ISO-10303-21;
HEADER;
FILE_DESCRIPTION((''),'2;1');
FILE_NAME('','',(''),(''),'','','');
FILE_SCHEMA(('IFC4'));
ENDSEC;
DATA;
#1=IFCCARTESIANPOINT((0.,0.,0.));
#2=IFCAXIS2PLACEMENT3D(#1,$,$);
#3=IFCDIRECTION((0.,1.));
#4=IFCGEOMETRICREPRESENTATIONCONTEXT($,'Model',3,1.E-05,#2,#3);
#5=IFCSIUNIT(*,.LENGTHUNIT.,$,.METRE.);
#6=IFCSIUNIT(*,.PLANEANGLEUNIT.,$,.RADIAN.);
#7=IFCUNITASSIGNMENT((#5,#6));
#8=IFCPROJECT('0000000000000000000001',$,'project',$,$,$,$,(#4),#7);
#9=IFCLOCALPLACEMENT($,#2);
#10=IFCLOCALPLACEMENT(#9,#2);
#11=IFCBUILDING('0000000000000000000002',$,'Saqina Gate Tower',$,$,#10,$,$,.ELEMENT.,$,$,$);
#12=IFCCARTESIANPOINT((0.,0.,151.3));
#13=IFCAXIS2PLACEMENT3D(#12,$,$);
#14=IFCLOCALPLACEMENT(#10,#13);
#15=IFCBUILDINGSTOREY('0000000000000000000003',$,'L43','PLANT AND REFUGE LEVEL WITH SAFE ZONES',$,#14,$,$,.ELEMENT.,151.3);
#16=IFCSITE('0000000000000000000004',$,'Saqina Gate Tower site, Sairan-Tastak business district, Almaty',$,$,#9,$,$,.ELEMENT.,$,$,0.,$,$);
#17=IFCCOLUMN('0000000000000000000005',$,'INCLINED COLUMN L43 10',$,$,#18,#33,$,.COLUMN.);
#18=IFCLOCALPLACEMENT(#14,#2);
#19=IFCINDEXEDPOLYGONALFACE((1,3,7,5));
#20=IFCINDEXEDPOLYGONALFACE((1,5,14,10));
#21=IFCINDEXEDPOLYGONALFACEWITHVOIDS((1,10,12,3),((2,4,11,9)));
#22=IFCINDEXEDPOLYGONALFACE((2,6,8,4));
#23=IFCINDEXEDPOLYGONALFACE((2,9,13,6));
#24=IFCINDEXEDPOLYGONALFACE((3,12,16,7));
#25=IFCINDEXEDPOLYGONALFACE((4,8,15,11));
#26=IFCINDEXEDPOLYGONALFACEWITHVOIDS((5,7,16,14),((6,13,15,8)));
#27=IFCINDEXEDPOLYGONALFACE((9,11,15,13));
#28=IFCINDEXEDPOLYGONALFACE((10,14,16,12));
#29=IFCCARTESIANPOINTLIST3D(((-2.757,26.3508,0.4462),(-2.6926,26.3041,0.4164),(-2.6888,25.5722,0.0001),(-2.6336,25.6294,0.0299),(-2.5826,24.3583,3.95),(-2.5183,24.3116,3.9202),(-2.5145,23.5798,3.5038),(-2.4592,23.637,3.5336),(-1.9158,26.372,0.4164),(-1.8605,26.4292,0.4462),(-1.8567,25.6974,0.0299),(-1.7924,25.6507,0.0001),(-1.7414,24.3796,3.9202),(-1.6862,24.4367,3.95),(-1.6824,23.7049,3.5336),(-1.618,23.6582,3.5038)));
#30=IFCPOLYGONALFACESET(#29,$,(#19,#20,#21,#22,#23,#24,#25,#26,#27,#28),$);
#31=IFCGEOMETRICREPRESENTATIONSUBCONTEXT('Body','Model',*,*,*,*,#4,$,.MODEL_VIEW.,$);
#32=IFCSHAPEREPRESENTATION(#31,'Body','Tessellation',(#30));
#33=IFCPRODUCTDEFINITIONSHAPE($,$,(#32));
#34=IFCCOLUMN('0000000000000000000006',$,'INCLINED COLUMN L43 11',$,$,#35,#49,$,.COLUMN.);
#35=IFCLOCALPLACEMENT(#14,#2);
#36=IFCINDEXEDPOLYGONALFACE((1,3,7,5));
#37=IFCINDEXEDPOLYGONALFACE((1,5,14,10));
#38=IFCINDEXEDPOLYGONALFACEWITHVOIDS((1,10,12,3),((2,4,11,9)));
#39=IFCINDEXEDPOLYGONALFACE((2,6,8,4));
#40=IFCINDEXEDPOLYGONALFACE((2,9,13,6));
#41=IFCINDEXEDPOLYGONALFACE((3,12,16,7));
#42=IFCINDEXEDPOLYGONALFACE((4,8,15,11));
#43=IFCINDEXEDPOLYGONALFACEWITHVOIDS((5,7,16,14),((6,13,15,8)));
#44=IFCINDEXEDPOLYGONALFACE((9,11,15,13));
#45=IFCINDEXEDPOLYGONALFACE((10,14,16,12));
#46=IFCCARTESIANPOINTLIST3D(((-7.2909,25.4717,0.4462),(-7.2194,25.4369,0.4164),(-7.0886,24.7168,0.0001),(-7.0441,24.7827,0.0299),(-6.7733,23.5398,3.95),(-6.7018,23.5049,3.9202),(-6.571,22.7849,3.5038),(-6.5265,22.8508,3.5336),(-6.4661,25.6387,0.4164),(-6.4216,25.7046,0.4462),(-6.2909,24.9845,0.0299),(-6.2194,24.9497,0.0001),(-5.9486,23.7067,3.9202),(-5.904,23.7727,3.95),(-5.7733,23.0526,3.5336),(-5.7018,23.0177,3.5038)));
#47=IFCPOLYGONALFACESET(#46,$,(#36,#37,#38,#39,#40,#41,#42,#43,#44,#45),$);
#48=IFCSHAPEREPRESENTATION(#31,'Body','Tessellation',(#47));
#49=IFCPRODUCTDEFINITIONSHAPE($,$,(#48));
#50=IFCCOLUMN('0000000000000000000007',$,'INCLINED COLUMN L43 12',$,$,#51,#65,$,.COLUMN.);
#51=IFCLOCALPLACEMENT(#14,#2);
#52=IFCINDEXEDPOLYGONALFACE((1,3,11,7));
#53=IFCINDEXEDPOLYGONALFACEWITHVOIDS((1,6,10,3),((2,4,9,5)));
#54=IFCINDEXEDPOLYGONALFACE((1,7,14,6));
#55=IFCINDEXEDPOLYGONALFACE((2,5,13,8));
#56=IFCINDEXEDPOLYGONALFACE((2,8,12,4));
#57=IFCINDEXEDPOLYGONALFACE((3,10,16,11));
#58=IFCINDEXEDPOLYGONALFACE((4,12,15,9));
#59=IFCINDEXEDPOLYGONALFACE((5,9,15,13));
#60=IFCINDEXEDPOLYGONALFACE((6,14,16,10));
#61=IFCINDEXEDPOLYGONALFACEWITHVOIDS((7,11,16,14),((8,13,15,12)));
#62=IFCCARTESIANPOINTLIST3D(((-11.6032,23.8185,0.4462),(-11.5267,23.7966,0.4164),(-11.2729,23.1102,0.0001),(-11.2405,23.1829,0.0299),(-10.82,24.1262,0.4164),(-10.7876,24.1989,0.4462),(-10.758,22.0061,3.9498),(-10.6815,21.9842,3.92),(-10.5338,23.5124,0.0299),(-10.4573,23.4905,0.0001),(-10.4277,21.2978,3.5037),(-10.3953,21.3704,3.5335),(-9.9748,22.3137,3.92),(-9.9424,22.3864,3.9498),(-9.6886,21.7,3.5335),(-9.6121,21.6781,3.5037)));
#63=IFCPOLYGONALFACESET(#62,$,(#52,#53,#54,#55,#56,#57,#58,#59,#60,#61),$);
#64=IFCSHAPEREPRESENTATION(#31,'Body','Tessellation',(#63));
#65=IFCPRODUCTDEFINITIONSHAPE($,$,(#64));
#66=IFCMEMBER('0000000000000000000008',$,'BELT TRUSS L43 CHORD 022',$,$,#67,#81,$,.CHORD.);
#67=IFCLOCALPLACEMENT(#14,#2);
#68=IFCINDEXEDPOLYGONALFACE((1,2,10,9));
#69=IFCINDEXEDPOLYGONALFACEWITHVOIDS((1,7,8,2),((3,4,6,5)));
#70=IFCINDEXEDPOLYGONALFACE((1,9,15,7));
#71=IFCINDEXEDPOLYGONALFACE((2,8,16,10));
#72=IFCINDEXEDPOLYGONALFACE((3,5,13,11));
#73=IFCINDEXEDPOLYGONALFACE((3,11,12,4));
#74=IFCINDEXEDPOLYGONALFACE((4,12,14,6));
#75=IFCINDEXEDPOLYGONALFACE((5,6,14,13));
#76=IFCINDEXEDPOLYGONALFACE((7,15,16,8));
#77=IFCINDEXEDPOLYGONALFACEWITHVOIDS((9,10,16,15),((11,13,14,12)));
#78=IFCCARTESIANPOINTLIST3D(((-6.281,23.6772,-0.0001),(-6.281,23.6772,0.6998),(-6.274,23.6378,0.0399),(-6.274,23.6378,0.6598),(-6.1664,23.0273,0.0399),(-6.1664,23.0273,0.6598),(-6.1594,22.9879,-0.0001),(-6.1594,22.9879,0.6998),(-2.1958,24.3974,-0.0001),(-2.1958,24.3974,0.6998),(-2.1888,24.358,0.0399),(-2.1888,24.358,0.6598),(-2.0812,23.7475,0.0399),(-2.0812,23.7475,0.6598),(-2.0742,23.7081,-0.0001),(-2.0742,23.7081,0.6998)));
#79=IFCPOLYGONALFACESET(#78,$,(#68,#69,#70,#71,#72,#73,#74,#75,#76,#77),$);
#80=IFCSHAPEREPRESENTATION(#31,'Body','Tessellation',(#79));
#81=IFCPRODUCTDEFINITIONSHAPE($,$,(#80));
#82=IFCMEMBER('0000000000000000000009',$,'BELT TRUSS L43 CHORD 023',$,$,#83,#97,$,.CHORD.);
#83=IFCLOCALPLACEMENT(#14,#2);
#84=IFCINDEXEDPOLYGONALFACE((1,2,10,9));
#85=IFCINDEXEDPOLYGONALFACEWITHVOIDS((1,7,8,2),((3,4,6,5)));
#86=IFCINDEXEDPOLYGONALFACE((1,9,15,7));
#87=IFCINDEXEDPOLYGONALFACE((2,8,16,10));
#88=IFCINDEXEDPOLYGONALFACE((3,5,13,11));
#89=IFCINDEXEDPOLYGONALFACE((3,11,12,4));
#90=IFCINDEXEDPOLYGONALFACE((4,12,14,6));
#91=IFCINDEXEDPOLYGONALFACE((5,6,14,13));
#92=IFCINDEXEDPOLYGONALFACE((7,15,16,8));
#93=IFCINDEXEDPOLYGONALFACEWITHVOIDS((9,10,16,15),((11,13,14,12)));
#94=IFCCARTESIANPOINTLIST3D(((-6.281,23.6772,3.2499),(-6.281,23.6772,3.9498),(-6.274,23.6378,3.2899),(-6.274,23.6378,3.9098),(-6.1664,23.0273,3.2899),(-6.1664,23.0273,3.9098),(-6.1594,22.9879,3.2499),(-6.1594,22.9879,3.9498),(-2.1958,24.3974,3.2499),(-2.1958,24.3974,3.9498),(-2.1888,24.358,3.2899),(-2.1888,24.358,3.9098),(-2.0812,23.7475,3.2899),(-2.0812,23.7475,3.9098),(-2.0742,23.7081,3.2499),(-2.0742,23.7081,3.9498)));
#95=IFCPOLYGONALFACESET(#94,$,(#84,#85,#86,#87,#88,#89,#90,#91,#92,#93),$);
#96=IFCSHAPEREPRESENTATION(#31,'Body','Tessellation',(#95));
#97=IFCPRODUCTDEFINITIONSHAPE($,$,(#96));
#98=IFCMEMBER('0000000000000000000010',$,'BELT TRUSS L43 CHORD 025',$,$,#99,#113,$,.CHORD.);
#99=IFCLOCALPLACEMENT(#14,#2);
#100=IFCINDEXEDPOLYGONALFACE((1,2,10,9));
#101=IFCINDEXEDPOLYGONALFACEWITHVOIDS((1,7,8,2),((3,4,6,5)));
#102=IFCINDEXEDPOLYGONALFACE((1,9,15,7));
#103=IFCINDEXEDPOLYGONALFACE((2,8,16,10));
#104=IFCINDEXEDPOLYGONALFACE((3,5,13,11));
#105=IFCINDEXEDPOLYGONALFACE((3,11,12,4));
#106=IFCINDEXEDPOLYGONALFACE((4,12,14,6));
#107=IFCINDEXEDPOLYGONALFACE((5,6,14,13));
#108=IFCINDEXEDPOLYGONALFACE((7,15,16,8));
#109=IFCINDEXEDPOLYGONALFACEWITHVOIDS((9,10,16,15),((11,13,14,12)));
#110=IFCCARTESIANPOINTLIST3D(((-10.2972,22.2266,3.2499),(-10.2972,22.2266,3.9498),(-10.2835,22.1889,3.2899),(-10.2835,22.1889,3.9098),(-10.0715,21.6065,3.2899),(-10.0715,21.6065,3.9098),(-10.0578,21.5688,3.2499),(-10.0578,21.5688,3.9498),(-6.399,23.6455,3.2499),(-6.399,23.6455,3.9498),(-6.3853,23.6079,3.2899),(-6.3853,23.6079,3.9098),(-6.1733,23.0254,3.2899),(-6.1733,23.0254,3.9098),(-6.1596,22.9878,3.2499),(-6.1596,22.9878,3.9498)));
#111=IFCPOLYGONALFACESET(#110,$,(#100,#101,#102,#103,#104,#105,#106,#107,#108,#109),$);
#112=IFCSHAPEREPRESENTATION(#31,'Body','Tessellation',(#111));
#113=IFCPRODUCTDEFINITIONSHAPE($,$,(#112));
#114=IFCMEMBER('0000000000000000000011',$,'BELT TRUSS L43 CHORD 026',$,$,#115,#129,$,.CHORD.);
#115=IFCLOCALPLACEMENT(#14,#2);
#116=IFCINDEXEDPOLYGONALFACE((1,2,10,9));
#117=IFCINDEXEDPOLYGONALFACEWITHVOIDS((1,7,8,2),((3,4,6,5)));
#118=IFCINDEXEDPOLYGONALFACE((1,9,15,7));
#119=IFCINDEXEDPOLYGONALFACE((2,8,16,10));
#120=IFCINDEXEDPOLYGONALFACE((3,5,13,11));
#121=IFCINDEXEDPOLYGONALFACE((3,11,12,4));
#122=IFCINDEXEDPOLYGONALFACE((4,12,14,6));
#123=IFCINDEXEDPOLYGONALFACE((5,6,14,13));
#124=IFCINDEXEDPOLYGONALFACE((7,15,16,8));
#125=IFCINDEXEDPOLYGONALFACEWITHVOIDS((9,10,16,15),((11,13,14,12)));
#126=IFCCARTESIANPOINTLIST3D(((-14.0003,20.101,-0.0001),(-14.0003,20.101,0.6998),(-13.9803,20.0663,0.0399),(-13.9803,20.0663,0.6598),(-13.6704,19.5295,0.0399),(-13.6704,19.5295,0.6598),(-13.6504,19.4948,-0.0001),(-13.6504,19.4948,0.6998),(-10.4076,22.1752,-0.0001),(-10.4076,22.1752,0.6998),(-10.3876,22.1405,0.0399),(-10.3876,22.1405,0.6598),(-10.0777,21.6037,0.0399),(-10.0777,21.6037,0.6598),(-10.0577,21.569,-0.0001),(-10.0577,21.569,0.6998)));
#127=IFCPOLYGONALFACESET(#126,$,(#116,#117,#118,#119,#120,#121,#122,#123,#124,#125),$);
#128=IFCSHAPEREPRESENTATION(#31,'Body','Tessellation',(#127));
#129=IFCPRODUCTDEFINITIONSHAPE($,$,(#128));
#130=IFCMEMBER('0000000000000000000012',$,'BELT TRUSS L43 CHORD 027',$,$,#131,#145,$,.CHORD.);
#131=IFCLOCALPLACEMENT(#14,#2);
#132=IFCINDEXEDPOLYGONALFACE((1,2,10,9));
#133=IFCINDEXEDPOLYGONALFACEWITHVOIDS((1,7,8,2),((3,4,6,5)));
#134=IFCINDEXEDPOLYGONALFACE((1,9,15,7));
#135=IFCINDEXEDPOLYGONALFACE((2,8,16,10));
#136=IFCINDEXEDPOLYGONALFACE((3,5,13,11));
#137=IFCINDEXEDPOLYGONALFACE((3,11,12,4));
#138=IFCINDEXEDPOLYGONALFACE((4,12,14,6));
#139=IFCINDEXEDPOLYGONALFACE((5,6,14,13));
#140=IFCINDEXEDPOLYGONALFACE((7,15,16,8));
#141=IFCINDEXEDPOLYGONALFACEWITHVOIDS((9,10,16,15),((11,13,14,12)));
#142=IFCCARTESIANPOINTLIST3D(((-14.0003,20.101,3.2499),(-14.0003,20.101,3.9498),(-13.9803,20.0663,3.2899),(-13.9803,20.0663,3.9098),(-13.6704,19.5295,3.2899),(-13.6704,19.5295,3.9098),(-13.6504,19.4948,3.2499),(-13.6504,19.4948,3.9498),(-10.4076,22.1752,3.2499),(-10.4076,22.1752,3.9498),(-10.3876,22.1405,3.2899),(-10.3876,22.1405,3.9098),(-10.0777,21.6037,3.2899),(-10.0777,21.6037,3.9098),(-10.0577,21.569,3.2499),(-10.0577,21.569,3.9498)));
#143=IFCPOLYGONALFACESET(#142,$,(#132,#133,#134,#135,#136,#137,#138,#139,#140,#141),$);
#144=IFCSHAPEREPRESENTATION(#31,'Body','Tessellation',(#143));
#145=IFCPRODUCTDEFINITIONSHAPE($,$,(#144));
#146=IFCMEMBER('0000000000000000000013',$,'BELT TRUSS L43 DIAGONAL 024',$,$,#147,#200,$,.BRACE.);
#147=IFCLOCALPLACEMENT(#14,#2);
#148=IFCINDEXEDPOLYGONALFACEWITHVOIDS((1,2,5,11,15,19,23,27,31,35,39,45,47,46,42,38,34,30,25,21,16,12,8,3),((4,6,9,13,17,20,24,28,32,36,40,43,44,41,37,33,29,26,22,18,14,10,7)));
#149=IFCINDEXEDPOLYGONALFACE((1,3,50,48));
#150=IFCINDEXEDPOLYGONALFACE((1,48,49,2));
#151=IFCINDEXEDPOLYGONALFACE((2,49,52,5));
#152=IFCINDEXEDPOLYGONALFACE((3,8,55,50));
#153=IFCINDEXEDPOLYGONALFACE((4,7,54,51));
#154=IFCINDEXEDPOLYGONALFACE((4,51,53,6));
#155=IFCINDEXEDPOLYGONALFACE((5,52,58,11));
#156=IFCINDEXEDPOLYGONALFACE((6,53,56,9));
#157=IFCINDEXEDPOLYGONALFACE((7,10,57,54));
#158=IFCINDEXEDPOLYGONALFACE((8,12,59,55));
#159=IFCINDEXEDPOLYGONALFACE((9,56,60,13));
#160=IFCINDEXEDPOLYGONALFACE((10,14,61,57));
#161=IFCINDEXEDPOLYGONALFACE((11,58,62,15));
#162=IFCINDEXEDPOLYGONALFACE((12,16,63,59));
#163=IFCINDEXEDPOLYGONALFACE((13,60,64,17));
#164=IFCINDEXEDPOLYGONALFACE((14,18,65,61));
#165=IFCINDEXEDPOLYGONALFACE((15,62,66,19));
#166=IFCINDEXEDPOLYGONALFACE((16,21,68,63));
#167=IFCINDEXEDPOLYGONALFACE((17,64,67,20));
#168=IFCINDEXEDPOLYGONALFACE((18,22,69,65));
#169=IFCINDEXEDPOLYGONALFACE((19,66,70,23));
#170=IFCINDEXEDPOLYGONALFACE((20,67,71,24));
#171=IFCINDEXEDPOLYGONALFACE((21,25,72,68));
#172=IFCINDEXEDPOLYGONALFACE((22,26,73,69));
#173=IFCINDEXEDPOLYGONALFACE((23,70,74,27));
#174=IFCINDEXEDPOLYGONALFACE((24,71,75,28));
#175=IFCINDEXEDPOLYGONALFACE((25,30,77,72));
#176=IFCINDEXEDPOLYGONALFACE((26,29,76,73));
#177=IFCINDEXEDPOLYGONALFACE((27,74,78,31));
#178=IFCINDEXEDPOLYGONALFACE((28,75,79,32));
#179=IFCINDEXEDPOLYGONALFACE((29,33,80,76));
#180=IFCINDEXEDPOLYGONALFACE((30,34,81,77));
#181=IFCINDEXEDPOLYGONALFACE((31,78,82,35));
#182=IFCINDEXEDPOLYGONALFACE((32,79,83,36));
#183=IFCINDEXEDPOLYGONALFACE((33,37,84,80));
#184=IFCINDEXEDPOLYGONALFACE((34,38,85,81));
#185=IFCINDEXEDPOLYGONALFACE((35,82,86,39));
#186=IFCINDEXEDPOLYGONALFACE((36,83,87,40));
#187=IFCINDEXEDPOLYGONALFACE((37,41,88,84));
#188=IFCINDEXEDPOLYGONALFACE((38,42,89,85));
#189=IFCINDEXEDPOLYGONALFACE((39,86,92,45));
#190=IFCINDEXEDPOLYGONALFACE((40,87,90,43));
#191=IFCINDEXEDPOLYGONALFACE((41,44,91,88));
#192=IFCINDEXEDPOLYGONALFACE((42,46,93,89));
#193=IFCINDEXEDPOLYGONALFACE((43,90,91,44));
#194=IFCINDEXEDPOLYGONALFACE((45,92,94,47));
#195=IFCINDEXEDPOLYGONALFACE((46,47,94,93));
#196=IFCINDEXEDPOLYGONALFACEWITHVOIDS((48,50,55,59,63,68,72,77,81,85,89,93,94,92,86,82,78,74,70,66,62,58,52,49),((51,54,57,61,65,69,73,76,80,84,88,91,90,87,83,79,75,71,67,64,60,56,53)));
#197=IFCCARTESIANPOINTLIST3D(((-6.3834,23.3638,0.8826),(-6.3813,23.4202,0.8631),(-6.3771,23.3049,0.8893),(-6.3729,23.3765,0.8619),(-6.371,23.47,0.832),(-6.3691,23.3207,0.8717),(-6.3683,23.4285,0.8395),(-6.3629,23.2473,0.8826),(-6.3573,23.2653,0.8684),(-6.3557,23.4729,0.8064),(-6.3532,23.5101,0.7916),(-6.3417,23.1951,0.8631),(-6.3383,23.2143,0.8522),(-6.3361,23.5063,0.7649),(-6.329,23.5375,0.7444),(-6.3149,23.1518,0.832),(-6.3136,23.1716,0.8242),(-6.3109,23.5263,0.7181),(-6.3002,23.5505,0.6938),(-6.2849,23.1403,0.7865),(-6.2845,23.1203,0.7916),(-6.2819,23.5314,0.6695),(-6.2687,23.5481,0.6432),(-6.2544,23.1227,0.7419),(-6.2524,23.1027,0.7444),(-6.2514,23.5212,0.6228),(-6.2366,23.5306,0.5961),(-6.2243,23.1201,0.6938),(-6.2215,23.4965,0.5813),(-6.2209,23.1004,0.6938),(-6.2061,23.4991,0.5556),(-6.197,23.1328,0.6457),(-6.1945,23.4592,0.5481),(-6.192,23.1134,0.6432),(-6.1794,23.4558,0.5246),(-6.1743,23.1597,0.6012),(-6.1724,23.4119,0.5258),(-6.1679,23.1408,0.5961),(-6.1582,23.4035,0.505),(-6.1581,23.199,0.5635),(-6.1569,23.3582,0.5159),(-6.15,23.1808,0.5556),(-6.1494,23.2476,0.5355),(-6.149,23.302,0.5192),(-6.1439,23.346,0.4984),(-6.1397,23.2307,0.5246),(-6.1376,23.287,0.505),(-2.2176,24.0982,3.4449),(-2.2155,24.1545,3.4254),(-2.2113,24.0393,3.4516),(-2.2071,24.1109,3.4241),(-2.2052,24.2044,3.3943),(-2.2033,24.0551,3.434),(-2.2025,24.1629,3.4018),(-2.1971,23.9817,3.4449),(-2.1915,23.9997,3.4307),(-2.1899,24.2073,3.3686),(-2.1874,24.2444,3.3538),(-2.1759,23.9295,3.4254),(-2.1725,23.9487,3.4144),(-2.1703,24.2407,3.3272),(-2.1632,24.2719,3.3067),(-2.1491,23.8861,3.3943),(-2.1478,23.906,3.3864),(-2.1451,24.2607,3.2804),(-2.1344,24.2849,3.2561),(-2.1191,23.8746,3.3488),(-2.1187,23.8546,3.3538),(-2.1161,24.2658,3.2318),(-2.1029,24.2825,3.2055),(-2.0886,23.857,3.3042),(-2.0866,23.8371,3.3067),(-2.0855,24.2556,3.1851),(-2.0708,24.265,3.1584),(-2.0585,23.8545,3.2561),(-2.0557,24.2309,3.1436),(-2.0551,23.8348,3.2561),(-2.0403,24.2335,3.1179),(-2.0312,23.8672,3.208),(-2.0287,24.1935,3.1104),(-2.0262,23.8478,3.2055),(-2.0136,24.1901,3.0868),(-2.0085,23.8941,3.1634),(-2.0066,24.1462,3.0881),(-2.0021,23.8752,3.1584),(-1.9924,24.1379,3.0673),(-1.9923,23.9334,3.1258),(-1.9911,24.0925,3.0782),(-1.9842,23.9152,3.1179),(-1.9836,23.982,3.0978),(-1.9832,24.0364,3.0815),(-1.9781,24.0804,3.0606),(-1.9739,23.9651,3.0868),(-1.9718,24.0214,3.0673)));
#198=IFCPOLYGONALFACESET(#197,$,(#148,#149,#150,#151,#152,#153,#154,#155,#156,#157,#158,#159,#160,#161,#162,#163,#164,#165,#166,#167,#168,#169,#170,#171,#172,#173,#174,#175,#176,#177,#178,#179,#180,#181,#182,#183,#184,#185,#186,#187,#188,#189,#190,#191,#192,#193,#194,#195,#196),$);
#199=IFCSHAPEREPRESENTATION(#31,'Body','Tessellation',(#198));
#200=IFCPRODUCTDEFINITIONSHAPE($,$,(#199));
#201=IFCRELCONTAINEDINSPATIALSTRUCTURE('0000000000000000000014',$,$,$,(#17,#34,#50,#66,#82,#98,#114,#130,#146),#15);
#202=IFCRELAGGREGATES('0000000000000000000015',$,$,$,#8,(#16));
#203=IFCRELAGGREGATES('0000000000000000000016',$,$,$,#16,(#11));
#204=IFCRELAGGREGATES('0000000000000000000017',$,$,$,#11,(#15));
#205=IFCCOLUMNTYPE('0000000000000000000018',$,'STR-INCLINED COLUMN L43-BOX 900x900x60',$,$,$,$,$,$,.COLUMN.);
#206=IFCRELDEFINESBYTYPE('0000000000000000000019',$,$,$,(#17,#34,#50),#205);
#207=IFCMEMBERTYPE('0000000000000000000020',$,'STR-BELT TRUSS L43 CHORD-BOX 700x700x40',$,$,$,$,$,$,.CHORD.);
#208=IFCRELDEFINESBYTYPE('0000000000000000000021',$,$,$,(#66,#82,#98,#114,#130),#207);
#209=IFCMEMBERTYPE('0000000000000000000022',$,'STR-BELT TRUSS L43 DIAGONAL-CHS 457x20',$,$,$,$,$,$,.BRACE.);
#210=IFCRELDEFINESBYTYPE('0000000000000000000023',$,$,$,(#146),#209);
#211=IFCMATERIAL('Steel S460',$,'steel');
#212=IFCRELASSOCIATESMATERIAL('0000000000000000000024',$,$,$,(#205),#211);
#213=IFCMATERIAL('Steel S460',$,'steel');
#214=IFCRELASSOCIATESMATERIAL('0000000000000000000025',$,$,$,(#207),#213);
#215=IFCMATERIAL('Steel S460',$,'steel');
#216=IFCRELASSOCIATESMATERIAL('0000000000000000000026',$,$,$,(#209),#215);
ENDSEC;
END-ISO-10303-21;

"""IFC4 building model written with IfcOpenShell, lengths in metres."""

from ifc_helpers import new_model, si_unit, direction, frame, origin, origin_2d, place, context, subcontext, project, spatial, hollow_rectangle, hollow_circle, extrude, material, material_profile, profile_set, type_object, element, save


model = new_model("IFC4")

# Units and contexts
model_context = context("Model", 3, precision=1e-05, world=origin(), true_north=direction((0.0, 1.0)))
body_context = subcontext(model_context, "Body", "Model", "MODEL_VIEW")
ifc_project = project(units=[si_unit("LENGTHUNIT", "METRE"), si_unit("PLANEANGLEUNIT", "RADIAN")], contexts=[model_context])

# Site, building, storey
site_placement = place(None, origin())
site = spatial("IfcSite", under=ifc_project, at=site_placement, Name="Saqina Gate Tower site, Sairan-Tastak business district, Almaty", CompositionType="ELEMENT", RefElevation=0.0)
building_placement = place(site_placement, origin())
building = spatial("IfcBuilding", under=site, at=building_placement, Name="Saqina Gate Tower", CompositionType="ELEMENT")
storey_placement = place(building_placement, frame((0.0, 0.0, 151.3)))
storey = spatial("IfcBuildingStorey", under=building, at=storey_placement, Name="L43", Description="PLANT AND REFUGE LEVEL WITH SAFE ZONES", CompositionType="ELEMENT", Elevation=151.3)

# Columns
ifc_material_1 = material(Name="Steel S460", Category="steel")
ifc_material_profile_1 = material_profile(ifc_material_1, hollow_rectangle(XDim=0.8999, YDim=0.8999, WallThickness=0.0601, at=origin_2d()), Name="BOX 900x900x60")
ifc_profile_set_1 = profile_set([ifc_material_profile_1], Name="Steel S460")
column_type = type_object("IfcColumnType", Name="STR-INCLINED COLUMN L43-BOX 900x900x60", PredefinedType="COLUMN", material=ifc_profile_set_1)
for number, where, z_axis, x_axis, name in (
    (1, (-2.2747, 26.0007, 0.2231), (0.043208, -0.493869, 0.868462), (0.996195, 0.087156, 0.0), "INCLINED COLUMN L43 10"),
    (2, (-6.7551, 25.2107, 0.2231), (0.128294, -0.478863, 0.868465), (0.965934, 0.258787, 0.0), "INCLINED COLUMN L43 11"),
):
    element("IfcColumn", number, at=place(storey_placement, frame(where, z_axis=z_axis, x_axis=x_axis)), inside=storey, type_object=column_type, Name=name, PredefinedType="COLUMN", context=body_context, shape_type="SweptSolid", body=[
        extrude(hollow_rectangle(XDim=0.8999, YDim=0.8999, WallThickness=0.0601, at=origin_2d()), origin(), (0.0, 0.0, 1.0), 4.0344),
    ])
column_placement = place(storey_placement, frame((-11.0303, 23.6545, 0.2231), z_axis=(0.20951, -0.449278, 0.868479), x_axis=(0.906302, 0.422631, 0.0)))
element("IfcColumn", 3, at=column_placement, inside=storey, type_object=column_type, Name="INCLINED COLUMN L43 12", PredefinedType="COLUMN", context=body_context, shape_type="SweptSolid", body=[
    extrude(hollow_rectangle(XDim=0.8999, YDim=0.8999, WallThickness=0.0601, at=origin_2d()), origin(), (0.0, 0.0, 1.0), 4.0342),
])

# Members
ifc_material_2 = material(Name="Steel S460", Category="steel")
ifc_material_profile_2 = material_profile(ifc_material_2, hollow_rectangle(XDim=0.7, YDim=0.7, WallThickness=0.04, at=origin_2d()), Name="BOX 700x700x40")
ifc_profile_set_2 = profile_set([ifc_material_profile_2], Name="Steel S460")
member_type_1 = type_object("IfcMemberType", Name="STR-BELT TRUSS L43 CHORD-BOX 700x700x40", PredefinedType="CHORD", material=ifc_profile_set_2)
for number, where, z_axis, x_axis, name in (
    (4, (-2.135, 24.0527, 0.3499), (-0.984813, -0.173621, 0.0), (0.173621, -0.984813, 0.0), "BELT TRUSS L43 CHORD 022"),
    (5, (-2.135, 24.0527, 3.5999), (-0.984813, -0.173621, 0.0), (0.173621, -0.984813, 0.0), "BELT TRUSS L43 CHORD 023"),
):
    element("IfcMember", number, at=place(storey_placement, frame(where, z_axis=z_axis, x_axis=x_axis)), inside=storey, type_object=member_type_1, Name=name, PredefinedType="CHORD", context=body_context, shape_type="SweptSolid", body=[
        extrude(hollow_rectangle(XDim=0.7, YDim=0.7, WallThickness=0.04, at=origin_2d()), origin(), (0.0, 0.0, 1.0), 4.1482),
    ])
for number, where, z_axis, x_axis, name in (
    (6, (-6.2793, 23.3167, 3.5999), (-0.939683, -0.342045, 0.0), (0.342045, -0.939683, 0.0), "BELT TRUSS L43 CHORD 025"),
    (7, (-10.2327, 21.8721, 0.3499), (-0.866033, -0.499987, 0.0), (0.499987, -0.866033, 0.0), "BELT TRUSS L43 CHORD 026"),
    (8, (-10.2327, 21.8721, 3.5999), (-0.866033, -0.499987, 0.0), (0.499987, -0.866033, 0.0), "BELT TRUSS L43 CHORD 027"),
):
    element("IfcMember", number, at=place(storey_placement, frame(where, z_axis=z_axis, x_axis=x_axis)), inside=storey, type_object=member_type_1, Name=name, PredefinedType="CHORD", context=body_context, shape_type="SweptSolid", body=[
        extrude(hollow_rectangle(XDim=0.7, YDim=0.7, WallThickness=0.04, at=origin_2d()), origin(), (0.0, 0.0, 1.0), 4.1484),
    ])
ifc_material_3 = material(Name="Steel S460", Category="steel")
ifc_material_profile_3 = material_profile(ifc_material_3, hollow_circle(Radius=0.2285, WallThickness=0.02, at=origin_2d()), Name="CHS 457x20")
ifc_profile_set_3 = profile_set([ifc_material_profile_3], Name="Steel S460")
member_type_2 = type_object("IfcMemberType", Name="STR-BELT TRUSS L43 DIAGONAL-CHS 457x20", PredefinedType="BRACE", material=ifc_profile_set_3)
member_1_placement = place(storey_placement, frame((-2.0947, 24.0598, 3.2561), z_axis=(-0.842333, -0.148493, -0.518097), x_axis=(0.173611, -0.984814, 0.0)))
element("IfcMember", 9, at=member_1_placement, inside=storey, type_object=member_type_2, Name="BELT TRUSS L43 DIAGONAL 024", PredefinedType="BRACE", context=body_context, shape_type="SweptSolid", body=[
    extrude(hollow_circle(Radius=0.2285, WallThickness=0.02, at=origin_2d()), origin(), (0.0, 0.0, 1.0), 4.9456),
])

save(model, "model.ifc")
